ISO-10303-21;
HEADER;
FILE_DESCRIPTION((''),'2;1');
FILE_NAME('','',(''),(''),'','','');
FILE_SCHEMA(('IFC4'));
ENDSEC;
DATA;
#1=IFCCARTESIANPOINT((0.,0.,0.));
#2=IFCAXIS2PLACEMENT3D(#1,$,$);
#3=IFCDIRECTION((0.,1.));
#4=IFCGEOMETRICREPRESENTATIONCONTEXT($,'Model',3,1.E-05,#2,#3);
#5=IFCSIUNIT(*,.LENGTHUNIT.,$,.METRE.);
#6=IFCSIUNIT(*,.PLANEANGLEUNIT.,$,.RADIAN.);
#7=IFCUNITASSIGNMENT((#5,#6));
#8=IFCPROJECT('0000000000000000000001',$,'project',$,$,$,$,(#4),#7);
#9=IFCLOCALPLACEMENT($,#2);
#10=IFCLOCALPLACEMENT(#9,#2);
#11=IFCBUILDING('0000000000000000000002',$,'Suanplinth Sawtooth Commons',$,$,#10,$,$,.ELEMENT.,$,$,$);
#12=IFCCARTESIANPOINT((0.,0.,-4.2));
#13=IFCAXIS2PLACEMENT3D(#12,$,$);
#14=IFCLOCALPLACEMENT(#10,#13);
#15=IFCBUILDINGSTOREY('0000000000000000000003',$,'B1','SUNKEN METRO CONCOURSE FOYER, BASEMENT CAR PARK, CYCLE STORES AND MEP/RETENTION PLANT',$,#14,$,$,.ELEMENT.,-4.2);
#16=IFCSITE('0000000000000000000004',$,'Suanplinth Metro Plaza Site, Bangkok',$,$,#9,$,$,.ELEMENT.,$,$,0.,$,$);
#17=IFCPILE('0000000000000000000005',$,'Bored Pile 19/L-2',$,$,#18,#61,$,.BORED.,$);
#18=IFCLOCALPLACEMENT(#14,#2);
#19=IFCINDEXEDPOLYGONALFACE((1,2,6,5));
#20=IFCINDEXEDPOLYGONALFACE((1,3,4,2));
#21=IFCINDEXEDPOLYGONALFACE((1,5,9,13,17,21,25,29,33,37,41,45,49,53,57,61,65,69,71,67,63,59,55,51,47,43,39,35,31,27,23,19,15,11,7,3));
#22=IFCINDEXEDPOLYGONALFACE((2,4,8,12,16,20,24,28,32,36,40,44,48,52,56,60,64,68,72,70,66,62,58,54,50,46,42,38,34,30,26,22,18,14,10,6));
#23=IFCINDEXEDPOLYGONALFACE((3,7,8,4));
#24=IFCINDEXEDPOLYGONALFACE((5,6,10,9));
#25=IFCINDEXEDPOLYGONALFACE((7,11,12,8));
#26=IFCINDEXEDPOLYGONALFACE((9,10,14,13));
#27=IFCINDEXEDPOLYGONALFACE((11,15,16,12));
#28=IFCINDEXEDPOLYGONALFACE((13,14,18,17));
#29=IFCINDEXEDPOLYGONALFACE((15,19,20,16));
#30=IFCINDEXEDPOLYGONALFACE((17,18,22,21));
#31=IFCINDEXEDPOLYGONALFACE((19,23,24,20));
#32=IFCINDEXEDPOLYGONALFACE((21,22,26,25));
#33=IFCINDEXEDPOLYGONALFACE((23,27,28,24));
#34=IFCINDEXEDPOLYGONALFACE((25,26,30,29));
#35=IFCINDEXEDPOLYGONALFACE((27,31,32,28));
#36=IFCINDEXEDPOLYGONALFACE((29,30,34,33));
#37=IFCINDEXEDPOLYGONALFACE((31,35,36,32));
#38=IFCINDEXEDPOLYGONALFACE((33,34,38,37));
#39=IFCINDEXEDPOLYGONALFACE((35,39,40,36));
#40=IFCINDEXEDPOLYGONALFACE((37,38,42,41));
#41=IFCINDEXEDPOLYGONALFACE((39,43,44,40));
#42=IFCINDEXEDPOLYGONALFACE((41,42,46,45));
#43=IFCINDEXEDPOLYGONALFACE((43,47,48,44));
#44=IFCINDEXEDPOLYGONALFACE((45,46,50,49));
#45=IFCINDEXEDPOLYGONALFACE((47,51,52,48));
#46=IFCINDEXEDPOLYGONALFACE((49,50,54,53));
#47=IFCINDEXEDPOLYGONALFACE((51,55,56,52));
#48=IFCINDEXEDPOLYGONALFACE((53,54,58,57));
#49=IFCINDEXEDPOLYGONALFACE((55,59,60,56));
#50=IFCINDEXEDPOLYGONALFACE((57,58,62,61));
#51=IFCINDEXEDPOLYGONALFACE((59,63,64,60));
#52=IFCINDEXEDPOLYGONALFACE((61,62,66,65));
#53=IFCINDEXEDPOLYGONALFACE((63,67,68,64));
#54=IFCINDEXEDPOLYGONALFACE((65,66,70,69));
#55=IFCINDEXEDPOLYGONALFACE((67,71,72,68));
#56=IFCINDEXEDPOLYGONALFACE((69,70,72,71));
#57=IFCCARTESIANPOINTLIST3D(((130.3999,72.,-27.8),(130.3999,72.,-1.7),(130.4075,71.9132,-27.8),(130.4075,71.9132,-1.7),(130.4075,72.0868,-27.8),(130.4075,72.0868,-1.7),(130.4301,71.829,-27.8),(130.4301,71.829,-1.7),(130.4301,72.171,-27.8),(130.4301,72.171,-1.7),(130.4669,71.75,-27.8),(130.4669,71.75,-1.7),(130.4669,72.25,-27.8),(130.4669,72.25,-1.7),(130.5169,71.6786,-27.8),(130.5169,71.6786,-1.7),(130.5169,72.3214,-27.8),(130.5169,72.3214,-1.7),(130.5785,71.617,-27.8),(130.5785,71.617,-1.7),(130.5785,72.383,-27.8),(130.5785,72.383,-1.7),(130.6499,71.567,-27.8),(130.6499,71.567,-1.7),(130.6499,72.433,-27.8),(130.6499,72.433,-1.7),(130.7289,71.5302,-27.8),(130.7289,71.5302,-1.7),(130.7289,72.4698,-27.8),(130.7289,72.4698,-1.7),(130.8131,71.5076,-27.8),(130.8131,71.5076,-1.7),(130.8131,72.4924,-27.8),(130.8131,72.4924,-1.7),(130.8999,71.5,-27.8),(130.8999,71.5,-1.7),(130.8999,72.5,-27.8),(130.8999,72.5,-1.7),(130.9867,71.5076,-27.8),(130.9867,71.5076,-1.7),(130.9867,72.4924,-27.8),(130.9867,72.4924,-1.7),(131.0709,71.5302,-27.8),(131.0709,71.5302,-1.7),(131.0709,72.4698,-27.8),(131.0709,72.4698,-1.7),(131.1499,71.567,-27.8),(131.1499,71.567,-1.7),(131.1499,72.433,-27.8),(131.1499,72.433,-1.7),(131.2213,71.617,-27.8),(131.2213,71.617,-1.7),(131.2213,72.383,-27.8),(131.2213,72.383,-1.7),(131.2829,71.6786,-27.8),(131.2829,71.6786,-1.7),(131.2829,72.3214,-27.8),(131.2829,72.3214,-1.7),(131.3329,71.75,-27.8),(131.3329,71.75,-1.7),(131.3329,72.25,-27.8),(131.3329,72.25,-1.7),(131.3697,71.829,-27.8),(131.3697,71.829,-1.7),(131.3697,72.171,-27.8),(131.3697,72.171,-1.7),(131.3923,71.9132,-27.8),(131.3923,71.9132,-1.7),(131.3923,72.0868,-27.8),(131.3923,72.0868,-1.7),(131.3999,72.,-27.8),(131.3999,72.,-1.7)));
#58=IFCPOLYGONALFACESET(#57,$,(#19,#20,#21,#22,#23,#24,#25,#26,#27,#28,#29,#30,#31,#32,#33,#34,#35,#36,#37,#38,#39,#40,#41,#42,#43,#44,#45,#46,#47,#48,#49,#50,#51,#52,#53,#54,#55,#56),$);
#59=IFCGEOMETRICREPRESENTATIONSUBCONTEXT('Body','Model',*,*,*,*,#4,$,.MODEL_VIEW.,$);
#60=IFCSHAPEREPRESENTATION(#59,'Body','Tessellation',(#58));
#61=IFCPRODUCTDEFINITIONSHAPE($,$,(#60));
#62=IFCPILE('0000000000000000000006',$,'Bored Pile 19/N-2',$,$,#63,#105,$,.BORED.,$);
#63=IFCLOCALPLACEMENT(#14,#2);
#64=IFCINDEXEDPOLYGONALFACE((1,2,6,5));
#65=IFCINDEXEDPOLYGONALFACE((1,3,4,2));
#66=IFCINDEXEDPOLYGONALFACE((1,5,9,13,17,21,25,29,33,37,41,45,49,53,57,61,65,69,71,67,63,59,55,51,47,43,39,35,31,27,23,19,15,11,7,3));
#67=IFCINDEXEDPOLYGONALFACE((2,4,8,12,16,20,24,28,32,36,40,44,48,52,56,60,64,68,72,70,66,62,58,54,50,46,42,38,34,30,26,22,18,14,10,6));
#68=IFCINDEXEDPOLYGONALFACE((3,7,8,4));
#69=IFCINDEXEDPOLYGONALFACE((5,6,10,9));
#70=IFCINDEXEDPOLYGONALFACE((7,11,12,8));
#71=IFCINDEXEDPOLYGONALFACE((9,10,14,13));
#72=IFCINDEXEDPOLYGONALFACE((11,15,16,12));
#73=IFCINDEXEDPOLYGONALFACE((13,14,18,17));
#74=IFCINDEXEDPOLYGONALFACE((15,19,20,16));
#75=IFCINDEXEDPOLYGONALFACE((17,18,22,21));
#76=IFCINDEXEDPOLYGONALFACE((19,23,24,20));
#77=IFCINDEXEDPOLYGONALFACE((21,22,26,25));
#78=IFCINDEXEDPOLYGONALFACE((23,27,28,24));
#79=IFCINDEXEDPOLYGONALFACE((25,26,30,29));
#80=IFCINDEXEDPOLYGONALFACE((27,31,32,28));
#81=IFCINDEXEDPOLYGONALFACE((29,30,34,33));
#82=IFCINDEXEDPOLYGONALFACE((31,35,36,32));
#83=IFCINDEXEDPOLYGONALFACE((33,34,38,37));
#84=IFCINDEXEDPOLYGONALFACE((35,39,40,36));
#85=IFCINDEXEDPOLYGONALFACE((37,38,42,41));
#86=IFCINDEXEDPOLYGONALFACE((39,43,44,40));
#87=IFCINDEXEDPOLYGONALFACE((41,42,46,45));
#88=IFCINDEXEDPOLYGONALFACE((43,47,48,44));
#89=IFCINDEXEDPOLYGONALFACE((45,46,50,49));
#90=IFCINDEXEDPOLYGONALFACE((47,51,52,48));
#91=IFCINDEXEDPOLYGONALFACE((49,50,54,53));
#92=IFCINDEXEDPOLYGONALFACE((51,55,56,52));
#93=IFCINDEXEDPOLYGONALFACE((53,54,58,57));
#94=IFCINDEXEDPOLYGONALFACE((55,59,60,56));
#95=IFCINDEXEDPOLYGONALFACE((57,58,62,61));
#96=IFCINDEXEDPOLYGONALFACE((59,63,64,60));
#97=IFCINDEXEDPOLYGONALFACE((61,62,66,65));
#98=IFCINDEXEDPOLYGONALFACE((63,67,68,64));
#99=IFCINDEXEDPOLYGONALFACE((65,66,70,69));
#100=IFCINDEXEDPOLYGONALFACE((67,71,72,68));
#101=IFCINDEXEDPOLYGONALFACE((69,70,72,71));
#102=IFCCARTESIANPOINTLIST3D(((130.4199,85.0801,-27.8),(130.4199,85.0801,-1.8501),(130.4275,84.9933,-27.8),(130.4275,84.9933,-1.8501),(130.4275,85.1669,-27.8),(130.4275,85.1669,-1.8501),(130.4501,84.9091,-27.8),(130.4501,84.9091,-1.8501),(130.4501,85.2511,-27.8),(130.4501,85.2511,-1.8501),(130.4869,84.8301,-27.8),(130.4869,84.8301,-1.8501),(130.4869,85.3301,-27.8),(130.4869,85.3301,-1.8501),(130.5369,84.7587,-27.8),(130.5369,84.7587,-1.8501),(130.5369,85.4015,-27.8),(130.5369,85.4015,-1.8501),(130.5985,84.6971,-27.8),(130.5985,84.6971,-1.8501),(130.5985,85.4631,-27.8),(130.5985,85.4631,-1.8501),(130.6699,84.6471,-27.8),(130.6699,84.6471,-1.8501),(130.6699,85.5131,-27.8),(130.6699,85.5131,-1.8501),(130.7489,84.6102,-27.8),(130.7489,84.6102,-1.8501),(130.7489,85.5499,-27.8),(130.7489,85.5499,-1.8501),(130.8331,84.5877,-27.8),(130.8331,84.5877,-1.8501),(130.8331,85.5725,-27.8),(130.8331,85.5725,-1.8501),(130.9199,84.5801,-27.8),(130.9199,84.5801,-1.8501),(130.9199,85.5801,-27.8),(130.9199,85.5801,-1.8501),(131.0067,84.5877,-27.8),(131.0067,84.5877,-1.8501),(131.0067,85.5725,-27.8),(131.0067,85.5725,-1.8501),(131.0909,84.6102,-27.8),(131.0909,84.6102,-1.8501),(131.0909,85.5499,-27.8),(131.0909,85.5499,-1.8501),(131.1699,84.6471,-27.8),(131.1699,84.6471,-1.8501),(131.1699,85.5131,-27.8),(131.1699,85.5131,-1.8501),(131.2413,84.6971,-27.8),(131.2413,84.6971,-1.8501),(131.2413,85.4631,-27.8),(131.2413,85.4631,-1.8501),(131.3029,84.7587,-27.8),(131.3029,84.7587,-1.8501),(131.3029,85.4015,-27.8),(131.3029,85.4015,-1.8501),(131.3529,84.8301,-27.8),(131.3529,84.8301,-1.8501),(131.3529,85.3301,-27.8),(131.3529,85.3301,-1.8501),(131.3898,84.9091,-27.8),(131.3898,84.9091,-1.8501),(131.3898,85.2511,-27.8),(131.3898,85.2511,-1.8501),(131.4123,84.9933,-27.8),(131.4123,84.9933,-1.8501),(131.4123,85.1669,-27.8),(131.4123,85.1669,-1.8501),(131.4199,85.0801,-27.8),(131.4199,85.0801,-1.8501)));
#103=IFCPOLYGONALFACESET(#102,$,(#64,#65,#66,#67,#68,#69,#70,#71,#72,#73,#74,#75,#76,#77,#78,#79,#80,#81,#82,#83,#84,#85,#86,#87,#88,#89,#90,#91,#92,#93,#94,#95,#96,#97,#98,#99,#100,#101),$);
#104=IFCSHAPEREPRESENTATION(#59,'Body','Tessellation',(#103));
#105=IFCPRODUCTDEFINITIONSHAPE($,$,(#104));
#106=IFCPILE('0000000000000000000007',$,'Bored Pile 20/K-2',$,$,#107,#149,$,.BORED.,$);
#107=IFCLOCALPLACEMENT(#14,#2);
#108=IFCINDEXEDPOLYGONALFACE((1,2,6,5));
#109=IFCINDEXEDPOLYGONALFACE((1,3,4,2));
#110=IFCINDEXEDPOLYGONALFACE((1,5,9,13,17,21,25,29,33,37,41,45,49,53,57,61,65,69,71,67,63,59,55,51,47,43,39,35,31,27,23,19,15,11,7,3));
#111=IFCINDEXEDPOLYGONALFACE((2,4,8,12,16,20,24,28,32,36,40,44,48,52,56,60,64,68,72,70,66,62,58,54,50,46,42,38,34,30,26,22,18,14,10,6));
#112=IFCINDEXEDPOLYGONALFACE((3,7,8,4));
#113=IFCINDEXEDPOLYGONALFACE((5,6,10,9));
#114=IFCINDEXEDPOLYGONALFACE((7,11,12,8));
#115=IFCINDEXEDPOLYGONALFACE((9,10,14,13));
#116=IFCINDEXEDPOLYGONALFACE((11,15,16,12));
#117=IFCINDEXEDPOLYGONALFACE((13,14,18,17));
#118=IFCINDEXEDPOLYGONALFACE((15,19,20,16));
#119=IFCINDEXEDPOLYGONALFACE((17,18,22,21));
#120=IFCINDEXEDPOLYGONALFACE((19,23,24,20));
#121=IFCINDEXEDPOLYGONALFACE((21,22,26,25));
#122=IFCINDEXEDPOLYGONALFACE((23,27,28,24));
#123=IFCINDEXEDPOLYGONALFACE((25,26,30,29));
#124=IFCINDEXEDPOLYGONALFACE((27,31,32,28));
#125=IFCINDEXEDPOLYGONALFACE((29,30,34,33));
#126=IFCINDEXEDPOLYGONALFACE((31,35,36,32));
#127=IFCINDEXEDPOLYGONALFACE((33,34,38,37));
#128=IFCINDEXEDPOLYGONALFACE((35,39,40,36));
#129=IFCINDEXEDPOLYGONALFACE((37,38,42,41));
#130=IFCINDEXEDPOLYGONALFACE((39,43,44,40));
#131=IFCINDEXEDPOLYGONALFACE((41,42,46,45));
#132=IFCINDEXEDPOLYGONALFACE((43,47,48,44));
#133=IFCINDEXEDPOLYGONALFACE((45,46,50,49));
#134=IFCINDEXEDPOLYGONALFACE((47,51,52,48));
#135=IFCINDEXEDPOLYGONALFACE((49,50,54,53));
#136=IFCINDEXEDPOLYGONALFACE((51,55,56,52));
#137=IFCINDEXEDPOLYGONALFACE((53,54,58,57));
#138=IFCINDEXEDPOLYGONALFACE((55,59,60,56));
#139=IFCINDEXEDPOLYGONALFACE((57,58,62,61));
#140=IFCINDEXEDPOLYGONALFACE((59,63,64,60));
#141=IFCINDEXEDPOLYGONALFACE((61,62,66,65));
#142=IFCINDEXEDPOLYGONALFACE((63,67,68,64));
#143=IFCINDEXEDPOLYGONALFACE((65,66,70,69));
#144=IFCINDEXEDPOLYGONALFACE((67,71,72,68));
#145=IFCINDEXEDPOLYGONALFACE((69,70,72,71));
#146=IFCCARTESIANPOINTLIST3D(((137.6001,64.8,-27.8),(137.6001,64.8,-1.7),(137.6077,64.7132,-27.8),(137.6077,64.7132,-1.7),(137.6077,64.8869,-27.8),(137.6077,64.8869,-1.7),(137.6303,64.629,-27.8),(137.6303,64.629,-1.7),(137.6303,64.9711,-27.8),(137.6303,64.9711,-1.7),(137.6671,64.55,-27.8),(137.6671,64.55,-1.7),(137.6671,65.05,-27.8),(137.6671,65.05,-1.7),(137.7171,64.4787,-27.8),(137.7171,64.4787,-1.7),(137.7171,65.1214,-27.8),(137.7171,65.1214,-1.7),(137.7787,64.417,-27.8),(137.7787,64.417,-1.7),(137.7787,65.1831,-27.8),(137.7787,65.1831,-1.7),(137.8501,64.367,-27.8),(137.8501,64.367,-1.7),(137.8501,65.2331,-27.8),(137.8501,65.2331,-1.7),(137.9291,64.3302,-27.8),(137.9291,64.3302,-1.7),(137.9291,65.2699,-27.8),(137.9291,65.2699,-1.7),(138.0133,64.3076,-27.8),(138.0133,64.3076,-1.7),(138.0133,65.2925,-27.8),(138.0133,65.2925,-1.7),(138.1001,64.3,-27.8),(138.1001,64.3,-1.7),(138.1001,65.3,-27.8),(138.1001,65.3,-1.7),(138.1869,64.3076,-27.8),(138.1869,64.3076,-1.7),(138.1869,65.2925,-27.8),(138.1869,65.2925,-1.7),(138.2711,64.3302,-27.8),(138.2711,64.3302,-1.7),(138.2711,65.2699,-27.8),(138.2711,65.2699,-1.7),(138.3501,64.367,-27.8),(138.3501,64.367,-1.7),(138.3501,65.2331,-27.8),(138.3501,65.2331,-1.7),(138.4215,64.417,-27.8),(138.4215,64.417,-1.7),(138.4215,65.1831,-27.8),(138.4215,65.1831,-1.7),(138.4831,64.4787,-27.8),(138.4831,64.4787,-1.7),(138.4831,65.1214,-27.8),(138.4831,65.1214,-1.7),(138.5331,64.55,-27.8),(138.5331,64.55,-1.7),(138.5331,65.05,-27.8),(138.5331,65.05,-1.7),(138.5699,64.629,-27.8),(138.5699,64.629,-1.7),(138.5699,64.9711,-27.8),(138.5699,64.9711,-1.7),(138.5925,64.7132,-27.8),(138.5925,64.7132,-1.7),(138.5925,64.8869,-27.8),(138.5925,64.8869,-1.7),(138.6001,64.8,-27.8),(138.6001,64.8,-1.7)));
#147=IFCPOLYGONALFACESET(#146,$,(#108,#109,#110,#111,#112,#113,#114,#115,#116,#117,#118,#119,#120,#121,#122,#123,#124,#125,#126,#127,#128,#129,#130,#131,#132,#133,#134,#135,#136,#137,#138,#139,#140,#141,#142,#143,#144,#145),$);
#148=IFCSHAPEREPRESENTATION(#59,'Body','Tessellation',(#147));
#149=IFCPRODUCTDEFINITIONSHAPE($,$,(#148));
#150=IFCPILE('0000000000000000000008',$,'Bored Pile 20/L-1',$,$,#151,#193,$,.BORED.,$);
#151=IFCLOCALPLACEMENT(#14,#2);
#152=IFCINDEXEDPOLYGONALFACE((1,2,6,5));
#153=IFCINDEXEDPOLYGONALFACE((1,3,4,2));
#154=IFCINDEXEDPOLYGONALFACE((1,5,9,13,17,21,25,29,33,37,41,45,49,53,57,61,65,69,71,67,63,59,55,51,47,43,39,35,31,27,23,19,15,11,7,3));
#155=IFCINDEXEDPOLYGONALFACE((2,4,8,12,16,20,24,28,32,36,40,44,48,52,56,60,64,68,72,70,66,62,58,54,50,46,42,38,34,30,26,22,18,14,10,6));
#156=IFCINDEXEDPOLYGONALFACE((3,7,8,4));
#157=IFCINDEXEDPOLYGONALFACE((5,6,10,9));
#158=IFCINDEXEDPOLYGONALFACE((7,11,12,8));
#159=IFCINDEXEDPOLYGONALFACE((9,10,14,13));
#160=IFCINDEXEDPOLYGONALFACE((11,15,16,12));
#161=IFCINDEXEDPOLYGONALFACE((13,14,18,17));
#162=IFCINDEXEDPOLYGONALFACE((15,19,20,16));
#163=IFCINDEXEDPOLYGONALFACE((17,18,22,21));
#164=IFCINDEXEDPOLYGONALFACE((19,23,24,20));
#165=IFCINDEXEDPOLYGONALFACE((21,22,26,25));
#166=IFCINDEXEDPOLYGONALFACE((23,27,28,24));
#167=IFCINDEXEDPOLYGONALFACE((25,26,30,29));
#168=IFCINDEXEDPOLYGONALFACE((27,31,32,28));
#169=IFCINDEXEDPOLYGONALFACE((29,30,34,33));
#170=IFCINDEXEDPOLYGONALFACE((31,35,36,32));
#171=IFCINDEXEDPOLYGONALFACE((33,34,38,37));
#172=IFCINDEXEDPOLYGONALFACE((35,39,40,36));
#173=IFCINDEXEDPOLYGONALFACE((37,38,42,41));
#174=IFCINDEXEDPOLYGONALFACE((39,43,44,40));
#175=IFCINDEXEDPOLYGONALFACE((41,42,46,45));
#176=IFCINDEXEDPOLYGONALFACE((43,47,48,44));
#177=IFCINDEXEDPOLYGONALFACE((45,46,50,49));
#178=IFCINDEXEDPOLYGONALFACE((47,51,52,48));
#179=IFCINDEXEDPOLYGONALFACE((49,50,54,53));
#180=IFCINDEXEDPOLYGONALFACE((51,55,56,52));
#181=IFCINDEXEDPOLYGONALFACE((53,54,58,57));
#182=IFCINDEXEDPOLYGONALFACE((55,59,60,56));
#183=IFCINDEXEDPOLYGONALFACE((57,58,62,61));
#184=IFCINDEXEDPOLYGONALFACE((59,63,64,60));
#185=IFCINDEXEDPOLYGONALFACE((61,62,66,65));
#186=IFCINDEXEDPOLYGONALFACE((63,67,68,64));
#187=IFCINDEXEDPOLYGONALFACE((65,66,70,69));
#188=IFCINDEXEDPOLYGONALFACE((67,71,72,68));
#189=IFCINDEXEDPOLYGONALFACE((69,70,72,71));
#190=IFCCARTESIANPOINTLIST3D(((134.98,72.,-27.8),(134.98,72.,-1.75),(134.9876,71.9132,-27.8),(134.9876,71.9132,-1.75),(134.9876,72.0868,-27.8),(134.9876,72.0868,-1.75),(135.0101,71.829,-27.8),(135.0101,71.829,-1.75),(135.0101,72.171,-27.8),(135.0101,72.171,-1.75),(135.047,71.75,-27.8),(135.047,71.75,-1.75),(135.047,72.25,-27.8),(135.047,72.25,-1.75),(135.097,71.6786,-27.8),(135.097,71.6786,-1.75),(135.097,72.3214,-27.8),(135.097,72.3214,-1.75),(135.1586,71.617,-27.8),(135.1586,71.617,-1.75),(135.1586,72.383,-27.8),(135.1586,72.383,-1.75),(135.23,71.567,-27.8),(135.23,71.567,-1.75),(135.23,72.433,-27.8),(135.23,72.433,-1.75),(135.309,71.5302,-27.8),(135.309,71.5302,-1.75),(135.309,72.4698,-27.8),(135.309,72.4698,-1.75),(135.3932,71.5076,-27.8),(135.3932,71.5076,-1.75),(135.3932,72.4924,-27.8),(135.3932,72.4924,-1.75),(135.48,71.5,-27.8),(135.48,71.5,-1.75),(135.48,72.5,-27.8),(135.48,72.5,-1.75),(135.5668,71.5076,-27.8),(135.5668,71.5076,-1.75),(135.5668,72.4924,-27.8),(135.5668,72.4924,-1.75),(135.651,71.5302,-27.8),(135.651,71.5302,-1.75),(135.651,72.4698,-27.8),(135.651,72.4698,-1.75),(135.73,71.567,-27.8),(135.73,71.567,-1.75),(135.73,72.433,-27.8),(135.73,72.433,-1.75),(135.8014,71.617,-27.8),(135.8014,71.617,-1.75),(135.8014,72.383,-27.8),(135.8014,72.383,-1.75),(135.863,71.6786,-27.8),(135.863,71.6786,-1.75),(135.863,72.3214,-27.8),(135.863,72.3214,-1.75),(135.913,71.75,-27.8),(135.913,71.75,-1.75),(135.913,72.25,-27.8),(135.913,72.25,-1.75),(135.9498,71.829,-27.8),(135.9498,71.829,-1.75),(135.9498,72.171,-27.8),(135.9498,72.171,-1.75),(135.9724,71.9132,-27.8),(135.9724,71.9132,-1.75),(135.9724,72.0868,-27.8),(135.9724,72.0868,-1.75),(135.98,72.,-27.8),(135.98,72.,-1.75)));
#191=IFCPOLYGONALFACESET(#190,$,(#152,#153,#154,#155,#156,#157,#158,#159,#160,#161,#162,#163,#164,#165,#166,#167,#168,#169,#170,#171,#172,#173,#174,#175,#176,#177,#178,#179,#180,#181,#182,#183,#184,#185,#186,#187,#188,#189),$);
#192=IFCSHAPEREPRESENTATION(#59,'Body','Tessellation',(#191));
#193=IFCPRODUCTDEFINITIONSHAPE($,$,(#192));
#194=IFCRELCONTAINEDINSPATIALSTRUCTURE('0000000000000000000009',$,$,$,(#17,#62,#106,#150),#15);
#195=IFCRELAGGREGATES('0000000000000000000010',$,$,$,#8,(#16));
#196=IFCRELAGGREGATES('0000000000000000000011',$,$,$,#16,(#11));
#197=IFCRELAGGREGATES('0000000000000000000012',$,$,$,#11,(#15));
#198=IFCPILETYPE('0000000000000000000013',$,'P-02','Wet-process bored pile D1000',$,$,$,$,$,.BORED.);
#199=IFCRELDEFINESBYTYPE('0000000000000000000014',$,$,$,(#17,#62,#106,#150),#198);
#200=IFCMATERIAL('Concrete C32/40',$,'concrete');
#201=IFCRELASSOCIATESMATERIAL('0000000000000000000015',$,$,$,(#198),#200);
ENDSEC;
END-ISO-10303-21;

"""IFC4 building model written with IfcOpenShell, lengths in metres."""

from ifc_helpers import new_model, si_unit, direction, frame, origin, origin_2d, place, context, subcontext, project, spatial, circle, extrude, material, material_profile, profile_set, type_object, element, save


model = new_model("IFC4")

# Units and contexts
model_context = context("Model", 3, precision=1e-05, world=origin(), true_north=direction((0.0, 1.0)))
body_context = subcontext(model_context, "Body", "Model", "MODEL_VIEW")
ifc_project = project(units=[si_unit("LENGTHUNIT", "METRE"), si_unit("PLANEANGLEUNIT", "RADIAN")], contexts=[model_context])

# Site, building, storey
site_placement = place(None, origin())
site = spatial("IfcSite", under=ifc_project, at=site_placement, Name="Suanplinth Metro Plaza Site, Bangkok", CompositionType="ELEMENT", RefElevation=0.0)
building_placement = place(site_placement, origin())
building = spatial("IfcBuilding", under=site, at=building_placement, Name="Suanplinth Sawtooth Commons", CompositionType="ELEMENT")
storey_placement = place(building_placement, frame((0.0, 0.0, -4.2)))
storey = spatial("IfcBuildingStorey", under=building, at=storey_placement, Name="B1", Description="SUNKEN METRO CONCOURSE FOYER, BASEMENT CAR PARK, CYCLE STORES AND MEP/RETENTION PLANT", CompositionType="ELEMENT", Elevation=-4.2)

# Piles
ifc_material_1 = material(Name="Concrete C32/40", Category="concrete")
ifc_material_profile_1 = material_profile(ifc_material_1, circle(Radius=0.5, at=origin_2d()), Name="PILE D1000")
ifc_profile_set_1 = profile_set([ifc_material_profile_1], Name="Concrete C32/40")
pile_type_1 = type_object("IfcPileType", Name="P-02", Description="Wet-process bored pile D1000", PredefinedType="BORED", material=ifc_profile_set_1)
pile_1_placement = place(storey_placement, frame((130.8999, 72.0, -1.7), z_axis=(0.0, 0.0, -1.0), x_axis=(1.0, 0.0, 0.0)))
element("IfcPile", 1, at=pile_1_placement, inside=storey, type_object=pile_type_1, Name="Bored Pile 19/L-2", PredefinedType="BORED", context=body_context, shape_type="SweptSolid", body=[
    extrude(circle(Radius=0.5, at=origin_2d()), origin(), (0.0, 0.0, 1.0), 26.1001),
])
pile_2_placement = place(storey_placement, frame((130.9199, 85.0801, -1.8501), z_axis=(0.0, 0.0, -1.0), x_axis=(1.0, 0.0, 0.0)))
element("IfcPile", 2, at=pile_2_placement, inside=storey, type_object=pile_type_1, Name="Bored Pile 19/N-2", PredefinedType="BORED", context=body_context, shape_type="SweptSolid", body=[
    extrude(circle(Radius=0.5, at=origin_2d()), origin(), (0.0, 0.0, 1.0), 25.95),
])
pile_3_placement = place(storey_placement, frame((138.1001, 64.8, -1.7), z_axis=(0.0, 0.0, -1.0), x_axis=(1.0, 0.0, 0.0)))
element("IfcPile", 3, at=pile_3_placement, inside=storey, type_object=pile_type_1, Name="Bored Pile 20/K-2", PredefinedType="BORED", context=body_context, shape_type="SweptSolid", body=[
    extrude(circle(Radius=0.5, at=origin_2d()), origin(), (0.0, 0.0, 1.0), 26.1001),
])
for number, where, z_axis, x_axis, name in (
    (4, (135.48, 72.0, -1.75), (0.0, 0.0, -1.0), (1.0, 0.0, 0.0), "Bored Pile 20/L-1"),
):
    element("IfcPile", number, at=place(storey_placement, frame(where, z_axis=z_axis, x_axis=x_axis)), inside=storey, type_object=pile_type_1, Name=name, PredefinedType="BORED", context=body_context, shape_type="SweptSolid", body=[
        extrude(circle(Radius=0.5, at=origin_2d()), origin(), (0.0, 0.0, 1.0), 26.05),
    ])

save(model, "model.ifc")
